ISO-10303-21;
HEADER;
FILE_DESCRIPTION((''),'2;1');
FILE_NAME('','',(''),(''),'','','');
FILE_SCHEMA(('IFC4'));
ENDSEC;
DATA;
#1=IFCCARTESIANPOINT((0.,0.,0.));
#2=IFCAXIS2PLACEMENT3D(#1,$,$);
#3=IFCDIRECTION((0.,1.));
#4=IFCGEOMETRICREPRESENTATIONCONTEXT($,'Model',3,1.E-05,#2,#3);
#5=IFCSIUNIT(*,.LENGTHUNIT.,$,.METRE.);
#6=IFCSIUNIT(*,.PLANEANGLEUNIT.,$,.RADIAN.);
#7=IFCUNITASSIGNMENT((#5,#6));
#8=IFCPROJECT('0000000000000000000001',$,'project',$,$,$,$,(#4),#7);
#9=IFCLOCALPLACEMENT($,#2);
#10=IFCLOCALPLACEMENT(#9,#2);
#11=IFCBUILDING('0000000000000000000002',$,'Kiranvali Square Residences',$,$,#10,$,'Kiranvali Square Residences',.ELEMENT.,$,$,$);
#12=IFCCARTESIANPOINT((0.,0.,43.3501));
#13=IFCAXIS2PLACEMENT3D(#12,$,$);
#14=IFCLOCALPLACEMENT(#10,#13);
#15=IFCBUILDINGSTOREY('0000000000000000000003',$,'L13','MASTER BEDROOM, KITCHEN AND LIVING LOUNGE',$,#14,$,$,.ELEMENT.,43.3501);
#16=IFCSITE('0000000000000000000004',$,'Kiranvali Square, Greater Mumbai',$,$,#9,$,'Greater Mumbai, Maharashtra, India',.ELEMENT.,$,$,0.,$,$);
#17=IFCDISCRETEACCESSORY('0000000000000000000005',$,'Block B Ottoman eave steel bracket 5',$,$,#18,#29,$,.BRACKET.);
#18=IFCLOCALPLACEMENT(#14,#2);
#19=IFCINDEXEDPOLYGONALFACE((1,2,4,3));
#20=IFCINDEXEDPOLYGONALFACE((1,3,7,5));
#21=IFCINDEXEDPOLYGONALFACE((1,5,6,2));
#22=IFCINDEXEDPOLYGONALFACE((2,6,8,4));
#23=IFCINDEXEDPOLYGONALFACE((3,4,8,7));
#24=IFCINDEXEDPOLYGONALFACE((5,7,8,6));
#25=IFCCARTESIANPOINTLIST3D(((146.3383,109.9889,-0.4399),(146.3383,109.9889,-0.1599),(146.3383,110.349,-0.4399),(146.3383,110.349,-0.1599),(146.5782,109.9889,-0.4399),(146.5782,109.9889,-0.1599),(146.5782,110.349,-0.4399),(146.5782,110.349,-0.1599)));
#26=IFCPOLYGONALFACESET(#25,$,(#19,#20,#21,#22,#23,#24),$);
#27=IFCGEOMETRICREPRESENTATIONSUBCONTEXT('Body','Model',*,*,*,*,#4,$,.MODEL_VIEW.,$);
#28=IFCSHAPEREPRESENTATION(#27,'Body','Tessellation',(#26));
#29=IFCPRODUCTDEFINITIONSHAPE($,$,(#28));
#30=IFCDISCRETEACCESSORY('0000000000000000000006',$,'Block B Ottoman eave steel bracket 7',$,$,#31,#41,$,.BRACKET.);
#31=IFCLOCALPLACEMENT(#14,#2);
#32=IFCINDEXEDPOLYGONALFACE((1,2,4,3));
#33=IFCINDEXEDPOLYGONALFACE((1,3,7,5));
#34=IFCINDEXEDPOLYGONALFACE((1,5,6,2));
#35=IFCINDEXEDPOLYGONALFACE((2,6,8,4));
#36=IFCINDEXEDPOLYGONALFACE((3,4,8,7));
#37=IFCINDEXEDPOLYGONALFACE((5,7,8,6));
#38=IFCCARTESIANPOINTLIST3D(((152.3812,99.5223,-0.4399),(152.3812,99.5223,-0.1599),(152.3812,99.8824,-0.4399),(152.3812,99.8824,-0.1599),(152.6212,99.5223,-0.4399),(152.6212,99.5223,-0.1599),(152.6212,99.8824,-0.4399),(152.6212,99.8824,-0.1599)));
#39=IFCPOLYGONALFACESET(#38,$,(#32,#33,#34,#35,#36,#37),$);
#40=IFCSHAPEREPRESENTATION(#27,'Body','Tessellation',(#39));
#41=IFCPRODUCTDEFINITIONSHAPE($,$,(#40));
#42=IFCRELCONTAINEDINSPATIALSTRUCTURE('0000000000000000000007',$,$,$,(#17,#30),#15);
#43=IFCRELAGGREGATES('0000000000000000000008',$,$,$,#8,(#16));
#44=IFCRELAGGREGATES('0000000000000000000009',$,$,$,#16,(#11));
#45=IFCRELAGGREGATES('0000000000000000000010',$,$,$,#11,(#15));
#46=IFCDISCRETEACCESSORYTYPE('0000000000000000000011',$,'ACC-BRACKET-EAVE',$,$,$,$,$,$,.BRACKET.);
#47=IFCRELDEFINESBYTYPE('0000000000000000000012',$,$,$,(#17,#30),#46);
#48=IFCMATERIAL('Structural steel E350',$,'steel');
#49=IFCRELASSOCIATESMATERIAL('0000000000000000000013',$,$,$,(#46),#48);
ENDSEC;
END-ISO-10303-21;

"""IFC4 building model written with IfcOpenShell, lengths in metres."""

from ifc_helpers import new_model, si_unit, direction, frame, origin, origin_2d, place, context, subcontext, project, spatial, rectangle, extrude, material, type_object, element, save


model = new_model("IFC4")

# Units and contexts
model_context = context("Model", 3, precision=1e-05, world=origin(), true_north=direction((0.0, 1.0)))
body_context = subcontext(model_context, "Body", "Model", "MODEL_VIEW")
ifc_project = project(units=[si_unit("LENGTHUNIT", "METRE"), si_unit("PLANEANGLEUNIT", "RADIAN")], contexts=[model_context])

# Site, building, storey
site_placement = place(None, origin())
site = spatial("IfcSite", under=ifc_project, at=site_placement, Name="Kiranvali Square, Greater Mumbai", LongName="Greater Mumbai, Maharashtra, India", CompositionType="ELEMENT", RefElevation=0.0)
building_placement = place(site_placement, origin())
building = spatial("IfcBuilding", under=site, at=building_placement, Name="Kiranvali Square Residences", LongName="Kiranvali Square Residences", CompositionType="ELEMENT")
storey_placement = place(building_placement, frame((0.0, 0.0, 43.3501)))
storey = spatial("IfcBuildingStorey", under=building, at=storey_placement, Name="L13", Description="MASTER BEDROOM, KITCHEN AND LIVING LOUNGE", CompositionType="ELEMENT", Elevation=43.3501)

# Shared definitions
ifc_material_1 = material(Name="Structural steel E350", Category="steel")

# Discrete accessories
discrete_accessory_type = type_object("IfcDiscreteAccessoryType", Name="ACC-BRACKET-EAVE", PredefinedType="BRACKET", material=ifc_material_1)
for number, where, z_axis, x_axis, name in (
    (1, (146.4583, 110.1689, -0.4399), (0.0, 0.0, 1.0), (1.0, 0.0, 0.0), "Block B Ottoman eave steel bracket 5"),
    (2, (152.5012, 99.7024, -0.4399), (0.0, 0.0, 1.0), (1.0, 0.0, 0.0), "Block B Ottoman eave steel bracket 7"),
):
    element("IfcDiscreteAccessory", number, at=place(storey_placement, frame(where, z_axis=z_axis, x_axis=x_axis)), inside=storey, type_object=discrete_accessory_type, Name=name, PredefinedType="BRACKET", context=body_context, shape_type="SweptSolid", body=[
        extrude(rectangle(XDim=0.24, YDim=0.3601, at=origin_2d()), origin(), (0.0, 0.0, 1.0), 0.28),
    ])

save(model, "model.ifc")
